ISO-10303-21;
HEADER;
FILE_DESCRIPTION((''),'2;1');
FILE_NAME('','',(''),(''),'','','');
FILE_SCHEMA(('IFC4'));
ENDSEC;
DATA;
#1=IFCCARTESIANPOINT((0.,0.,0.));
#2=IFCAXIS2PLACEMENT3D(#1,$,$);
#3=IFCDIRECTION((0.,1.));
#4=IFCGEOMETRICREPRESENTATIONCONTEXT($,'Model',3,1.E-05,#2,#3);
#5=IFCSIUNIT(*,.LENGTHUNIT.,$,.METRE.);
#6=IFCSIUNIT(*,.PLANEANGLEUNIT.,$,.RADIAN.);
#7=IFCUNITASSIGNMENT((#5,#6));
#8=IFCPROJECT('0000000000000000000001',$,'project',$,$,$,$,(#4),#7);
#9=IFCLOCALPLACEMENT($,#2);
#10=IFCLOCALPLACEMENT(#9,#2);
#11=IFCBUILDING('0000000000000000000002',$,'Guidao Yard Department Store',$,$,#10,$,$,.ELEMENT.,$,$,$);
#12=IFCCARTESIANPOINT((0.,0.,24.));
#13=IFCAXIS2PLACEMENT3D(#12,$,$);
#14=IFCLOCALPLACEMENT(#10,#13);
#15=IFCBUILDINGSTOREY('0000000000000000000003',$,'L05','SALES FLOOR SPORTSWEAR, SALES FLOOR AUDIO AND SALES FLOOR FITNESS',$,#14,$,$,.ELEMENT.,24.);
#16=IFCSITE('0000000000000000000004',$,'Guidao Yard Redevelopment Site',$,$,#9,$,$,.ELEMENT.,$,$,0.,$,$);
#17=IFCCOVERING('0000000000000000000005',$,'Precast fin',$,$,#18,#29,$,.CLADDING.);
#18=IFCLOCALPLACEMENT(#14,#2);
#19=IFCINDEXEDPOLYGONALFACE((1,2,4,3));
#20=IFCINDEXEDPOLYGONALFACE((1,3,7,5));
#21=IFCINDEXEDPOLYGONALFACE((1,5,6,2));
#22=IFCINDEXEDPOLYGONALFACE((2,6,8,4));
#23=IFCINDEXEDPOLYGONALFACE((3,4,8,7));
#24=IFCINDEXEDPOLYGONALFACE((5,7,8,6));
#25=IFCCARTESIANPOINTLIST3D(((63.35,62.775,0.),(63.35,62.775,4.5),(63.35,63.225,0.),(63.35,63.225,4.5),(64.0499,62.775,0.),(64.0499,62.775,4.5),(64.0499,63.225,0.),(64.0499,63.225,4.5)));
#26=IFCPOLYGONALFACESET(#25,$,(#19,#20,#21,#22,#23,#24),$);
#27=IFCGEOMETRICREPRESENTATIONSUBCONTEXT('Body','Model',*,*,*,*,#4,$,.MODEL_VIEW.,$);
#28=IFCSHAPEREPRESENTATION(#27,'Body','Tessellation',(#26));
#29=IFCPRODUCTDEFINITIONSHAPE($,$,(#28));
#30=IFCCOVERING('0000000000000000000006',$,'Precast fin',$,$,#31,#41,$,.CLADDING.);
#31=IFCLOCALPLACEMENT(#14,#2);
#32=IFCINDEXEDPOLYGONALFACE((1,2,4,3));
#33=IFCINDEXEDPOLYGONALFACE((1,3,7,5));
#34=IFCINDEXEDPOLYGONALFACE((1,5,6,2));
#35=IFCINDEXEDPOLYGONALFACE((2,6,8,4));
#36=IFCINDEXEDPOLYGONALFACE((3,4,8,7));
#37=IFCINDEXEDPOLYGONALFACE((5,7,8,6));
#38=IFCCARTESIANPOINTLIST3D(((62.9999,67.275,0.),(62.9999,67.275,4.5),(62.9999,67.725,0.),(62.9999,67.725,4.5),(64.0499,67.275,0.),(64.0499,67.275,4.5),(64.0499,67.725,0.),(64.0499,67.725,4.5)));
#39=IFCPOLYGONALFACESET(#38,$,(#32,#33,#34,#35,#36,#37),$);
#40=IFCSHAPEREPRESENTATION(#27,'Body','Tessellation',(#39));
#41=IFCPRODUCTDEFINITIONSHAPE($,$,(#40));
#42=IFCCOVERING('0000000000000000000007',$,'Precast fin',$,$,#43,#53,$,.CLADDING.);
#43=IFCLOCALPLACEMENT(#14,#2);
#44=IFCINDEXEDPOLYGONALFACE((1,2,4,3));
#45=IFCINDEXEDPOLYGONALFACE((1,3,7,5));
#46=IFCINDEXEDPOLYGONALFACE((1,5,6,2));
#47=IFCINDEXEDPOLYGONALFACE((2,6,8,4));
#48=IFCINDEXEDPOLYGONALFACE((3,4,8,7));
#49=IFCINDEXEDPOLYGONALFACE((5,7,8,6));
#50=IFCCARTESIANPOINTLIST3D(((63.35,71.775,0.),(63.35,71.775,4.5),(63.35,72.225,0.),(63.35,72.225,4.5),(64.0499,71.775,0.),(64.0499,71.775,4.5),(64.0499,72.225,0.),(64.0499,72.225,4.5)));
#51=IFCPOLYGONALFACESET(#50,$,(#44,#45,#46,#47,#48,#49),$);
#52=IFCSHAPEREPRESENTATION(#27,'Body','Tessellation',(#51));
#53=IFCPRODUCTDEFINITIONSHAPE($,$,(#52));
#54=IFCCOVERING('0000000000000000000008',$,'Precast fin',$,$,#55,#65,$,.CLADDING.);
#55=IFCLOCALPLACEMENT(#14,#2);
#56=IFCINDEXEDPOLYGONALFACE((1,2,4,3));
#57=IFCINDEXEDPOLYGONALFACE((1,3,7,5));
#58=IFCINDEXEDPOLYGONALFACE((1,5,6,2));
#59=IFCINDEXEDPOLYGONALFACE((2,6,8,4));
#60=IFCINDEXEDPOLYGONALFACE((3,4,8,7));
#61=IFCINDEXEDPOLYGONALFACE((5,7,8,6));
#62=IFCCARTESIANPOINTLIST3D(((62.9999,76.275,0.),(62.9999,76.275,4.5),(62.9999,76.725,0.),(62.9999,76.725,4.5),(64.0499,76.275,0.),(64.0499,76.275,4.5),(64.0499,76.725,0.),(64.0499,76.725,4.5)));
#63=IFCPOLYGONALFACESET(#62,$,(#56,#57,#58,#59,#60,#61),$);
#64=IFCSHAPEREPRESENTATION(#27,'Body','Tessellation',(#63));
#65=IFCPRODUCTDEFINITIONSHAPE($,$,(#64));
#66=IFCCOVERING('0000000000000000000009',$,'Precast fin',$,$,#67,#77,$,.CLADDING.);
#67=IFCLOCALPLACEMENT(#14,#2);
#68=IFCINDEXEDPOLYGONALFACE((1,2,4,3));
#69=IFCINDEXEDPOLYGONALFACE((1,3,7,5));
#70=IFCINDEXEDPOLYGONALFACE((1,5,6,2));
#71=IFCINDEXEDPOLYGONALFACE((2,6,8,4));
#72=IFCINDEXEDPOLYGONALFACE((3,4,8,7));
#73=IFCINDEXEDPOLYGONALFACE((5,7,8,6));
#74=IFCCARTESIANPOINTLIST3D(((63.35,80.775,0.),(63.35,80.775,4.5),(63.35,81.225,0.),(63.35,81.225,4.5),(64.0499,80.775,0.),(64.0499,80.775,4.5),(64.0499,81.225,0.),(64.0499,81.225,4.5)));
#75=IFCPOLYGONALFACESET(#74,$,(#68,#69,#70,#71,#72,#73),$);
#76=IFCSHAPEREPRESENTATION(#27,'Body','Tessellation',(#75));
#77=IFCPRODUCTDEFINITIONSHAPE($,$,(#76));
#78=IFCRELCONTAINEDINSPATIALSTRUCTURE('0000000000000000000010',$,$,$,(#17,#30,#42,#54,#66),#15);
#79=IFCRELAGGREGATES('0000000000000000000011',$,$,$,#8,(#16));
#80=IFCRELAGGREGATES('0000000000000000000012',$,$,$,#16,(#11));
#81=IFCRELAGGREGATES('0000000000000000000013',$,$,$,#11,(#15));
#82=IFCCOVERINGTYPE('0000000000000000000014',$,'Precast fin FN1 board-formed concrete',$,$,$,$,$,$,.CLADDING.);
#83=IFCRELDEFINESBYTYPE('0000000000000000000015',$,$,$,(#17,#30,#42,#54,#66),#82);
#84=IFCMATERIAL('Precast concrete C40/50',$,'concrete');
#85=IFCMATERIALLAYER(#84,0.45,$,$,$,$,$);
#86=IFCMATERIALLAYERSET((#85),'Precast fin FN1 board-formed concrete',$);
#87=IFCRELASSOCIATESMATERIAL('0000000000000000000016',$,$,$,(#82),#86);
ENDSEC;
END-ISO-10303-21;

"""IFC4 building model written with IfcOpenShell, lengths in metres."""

from ifc_helpers import new_model, si_unit, direction, frame, origin, origin_2d, place, context, subcontext, project, spatial, rectangle, extrude, material, layer, layer_set, type_object, element, save


model = new_model("IFC4")

# Units and contexts
model_context = context("Model", 3, precision=1e-05, world=origin(), true_north=direction((0.0, 1.0)))
body_context = subcontext(model_context, "Body", "Model", "MODEL_VIEW")
ifc_project = project(units=[si_unit("LENGTHUNIT", "METRE"), si_unit("PLANEANGLEUNIT", "RADIAN")], contexts=[model_context])

# Site, building, storey
site_placement = place(None, origin())
site = spatial("IfcSite", under=ifc_project, at=site_placement, Name="Guidao Yard Redevelopment Site", CompositionType="ELEMENT", RefElevation=0.0)
building_placement = place(site_placement, origin())
building = spatial("IfcBuilding", under=site, at=building_placement, Name="Guidao Yard Department Store", CompositionType="ELEMENT")
storey_placement = place(building_placement, frame((0.0, 0.0, 24.0)))
storey = spatial("IfcBuildingStorey", under=building, at=storey_placement, Name="L05", Description="SALES FLOOR SPORTSWEAR, SALES FLOOR AUDIO AND SALES FLOOR FITNESS", CompositionType="ELEMENT", Elevation=24.0)

# Coverings
ifc_material_1 = material(Name="Precast concrete C40/50", Category="concrete")
ifc_layer_1 = layer(ifc_material_1, 0.45)
ifc_layer_set_1 = layer_set([ifc_layer_1], Name="Precast fin FN1 board-formed concrete")
covering_type = type_object("IfcCoveringType", Name="Precast fin FN1 board-formed concrete", PredefinedType="CLADDING", material=ifc_layer_set_1)
covering_1_placement = place(storey_placement, frame((63.7, 63.0, 0.0), z_axis=(0.0, 0.0, 1.0), x_axis=(0.0, -1.0, 0.0)))
element("IfcCovering", 1, at=covering_1_placement, inside=storey, type_object=covering_type, Name="Precast fin", PredefinedType="CLADDING", context=body_context, shape_type="SweptSolid", body=[
    extrude(rectangle(XDim=0.45, YDim=0.7, at=origin_2d()), origin(), (0.0, 0.0, 1.0), 4.5),
])
covering_2_placement = place(storey_placement, frame((63.5249, 67.5, 0.0), z_axis=(0.0, 0.0, 1.0), x_axis=(0.0, -1.0, 0.0)))
element("IfcCovering", 2, at=covering_2_placement, inside=storey, type_object=covering_type, Name="Precast fin", PredefinedType="CLADDING", context=body_context, shape_type="SweptSolid", body=[
    extrude(rectangle(XDim=0.45, YDim=1.05, at=origin_2d()), origin(), (0.0, 0.0, 1.0), 4.5),
])
covering_3_placement = place(storey_placement, frame((63.7, 72.0, 0.0), z_axis=(0.0, 0.0, 1.0), x_axis=(0.0, -1.0, 0.0)))
element("IfcCovering", 3, at=covering_3_placement, inside=storey, type_object=covering_type, Name="Precast fin", PredefinedType="CLADDING", context=body_context, shape_type="SweptSolid", body=[
    extrude(rectangle(XDim=0.45, YDim=0.7, at=origin_2d()), origin(), (0.0, 0.0, 1.0), 4.5),
])
covering_4_placement = place(storey_placement, frame((63.5249, 76.5, 0.0), z_axis=(0.0, 0.0, 1.0), x_axis=(0.0, -1.0, 0.0)))
element("IfcCovering", 4, at=covering_4_placement, inside=storey, type_object=covering_type, Name="Precast fin", PredefinedType="CLADDING", context=body_context, shape_type="SweptSolid", body=[
    extrude(rectangle(XDim=0.45, YDim=1.05, at=origin_2d()), origin(), (0.0, 0.0, 1.0), 4.5),
])
covering_5_placement = place(storey_placement, frame((63.7, 81.0, 0.0), z_axis=(0.0, 0.0, 1.0), x_axis=(0.0, -1.0, 0.0)))
element("IfcCovering", 5, at=covering_5_placement, inside=storey, type_object=covering_type, Name="Precast fin", PredefinedType="CLADDING", context=body_context, shape_type="SweptSolid", body=[
    extrude(rectangle(XDim=0.45, YDim=0.7, at=origin_2d()), origin(), (0.0, 0.0, 1.0), 4.5),
])

save(model, "model.ifc")
